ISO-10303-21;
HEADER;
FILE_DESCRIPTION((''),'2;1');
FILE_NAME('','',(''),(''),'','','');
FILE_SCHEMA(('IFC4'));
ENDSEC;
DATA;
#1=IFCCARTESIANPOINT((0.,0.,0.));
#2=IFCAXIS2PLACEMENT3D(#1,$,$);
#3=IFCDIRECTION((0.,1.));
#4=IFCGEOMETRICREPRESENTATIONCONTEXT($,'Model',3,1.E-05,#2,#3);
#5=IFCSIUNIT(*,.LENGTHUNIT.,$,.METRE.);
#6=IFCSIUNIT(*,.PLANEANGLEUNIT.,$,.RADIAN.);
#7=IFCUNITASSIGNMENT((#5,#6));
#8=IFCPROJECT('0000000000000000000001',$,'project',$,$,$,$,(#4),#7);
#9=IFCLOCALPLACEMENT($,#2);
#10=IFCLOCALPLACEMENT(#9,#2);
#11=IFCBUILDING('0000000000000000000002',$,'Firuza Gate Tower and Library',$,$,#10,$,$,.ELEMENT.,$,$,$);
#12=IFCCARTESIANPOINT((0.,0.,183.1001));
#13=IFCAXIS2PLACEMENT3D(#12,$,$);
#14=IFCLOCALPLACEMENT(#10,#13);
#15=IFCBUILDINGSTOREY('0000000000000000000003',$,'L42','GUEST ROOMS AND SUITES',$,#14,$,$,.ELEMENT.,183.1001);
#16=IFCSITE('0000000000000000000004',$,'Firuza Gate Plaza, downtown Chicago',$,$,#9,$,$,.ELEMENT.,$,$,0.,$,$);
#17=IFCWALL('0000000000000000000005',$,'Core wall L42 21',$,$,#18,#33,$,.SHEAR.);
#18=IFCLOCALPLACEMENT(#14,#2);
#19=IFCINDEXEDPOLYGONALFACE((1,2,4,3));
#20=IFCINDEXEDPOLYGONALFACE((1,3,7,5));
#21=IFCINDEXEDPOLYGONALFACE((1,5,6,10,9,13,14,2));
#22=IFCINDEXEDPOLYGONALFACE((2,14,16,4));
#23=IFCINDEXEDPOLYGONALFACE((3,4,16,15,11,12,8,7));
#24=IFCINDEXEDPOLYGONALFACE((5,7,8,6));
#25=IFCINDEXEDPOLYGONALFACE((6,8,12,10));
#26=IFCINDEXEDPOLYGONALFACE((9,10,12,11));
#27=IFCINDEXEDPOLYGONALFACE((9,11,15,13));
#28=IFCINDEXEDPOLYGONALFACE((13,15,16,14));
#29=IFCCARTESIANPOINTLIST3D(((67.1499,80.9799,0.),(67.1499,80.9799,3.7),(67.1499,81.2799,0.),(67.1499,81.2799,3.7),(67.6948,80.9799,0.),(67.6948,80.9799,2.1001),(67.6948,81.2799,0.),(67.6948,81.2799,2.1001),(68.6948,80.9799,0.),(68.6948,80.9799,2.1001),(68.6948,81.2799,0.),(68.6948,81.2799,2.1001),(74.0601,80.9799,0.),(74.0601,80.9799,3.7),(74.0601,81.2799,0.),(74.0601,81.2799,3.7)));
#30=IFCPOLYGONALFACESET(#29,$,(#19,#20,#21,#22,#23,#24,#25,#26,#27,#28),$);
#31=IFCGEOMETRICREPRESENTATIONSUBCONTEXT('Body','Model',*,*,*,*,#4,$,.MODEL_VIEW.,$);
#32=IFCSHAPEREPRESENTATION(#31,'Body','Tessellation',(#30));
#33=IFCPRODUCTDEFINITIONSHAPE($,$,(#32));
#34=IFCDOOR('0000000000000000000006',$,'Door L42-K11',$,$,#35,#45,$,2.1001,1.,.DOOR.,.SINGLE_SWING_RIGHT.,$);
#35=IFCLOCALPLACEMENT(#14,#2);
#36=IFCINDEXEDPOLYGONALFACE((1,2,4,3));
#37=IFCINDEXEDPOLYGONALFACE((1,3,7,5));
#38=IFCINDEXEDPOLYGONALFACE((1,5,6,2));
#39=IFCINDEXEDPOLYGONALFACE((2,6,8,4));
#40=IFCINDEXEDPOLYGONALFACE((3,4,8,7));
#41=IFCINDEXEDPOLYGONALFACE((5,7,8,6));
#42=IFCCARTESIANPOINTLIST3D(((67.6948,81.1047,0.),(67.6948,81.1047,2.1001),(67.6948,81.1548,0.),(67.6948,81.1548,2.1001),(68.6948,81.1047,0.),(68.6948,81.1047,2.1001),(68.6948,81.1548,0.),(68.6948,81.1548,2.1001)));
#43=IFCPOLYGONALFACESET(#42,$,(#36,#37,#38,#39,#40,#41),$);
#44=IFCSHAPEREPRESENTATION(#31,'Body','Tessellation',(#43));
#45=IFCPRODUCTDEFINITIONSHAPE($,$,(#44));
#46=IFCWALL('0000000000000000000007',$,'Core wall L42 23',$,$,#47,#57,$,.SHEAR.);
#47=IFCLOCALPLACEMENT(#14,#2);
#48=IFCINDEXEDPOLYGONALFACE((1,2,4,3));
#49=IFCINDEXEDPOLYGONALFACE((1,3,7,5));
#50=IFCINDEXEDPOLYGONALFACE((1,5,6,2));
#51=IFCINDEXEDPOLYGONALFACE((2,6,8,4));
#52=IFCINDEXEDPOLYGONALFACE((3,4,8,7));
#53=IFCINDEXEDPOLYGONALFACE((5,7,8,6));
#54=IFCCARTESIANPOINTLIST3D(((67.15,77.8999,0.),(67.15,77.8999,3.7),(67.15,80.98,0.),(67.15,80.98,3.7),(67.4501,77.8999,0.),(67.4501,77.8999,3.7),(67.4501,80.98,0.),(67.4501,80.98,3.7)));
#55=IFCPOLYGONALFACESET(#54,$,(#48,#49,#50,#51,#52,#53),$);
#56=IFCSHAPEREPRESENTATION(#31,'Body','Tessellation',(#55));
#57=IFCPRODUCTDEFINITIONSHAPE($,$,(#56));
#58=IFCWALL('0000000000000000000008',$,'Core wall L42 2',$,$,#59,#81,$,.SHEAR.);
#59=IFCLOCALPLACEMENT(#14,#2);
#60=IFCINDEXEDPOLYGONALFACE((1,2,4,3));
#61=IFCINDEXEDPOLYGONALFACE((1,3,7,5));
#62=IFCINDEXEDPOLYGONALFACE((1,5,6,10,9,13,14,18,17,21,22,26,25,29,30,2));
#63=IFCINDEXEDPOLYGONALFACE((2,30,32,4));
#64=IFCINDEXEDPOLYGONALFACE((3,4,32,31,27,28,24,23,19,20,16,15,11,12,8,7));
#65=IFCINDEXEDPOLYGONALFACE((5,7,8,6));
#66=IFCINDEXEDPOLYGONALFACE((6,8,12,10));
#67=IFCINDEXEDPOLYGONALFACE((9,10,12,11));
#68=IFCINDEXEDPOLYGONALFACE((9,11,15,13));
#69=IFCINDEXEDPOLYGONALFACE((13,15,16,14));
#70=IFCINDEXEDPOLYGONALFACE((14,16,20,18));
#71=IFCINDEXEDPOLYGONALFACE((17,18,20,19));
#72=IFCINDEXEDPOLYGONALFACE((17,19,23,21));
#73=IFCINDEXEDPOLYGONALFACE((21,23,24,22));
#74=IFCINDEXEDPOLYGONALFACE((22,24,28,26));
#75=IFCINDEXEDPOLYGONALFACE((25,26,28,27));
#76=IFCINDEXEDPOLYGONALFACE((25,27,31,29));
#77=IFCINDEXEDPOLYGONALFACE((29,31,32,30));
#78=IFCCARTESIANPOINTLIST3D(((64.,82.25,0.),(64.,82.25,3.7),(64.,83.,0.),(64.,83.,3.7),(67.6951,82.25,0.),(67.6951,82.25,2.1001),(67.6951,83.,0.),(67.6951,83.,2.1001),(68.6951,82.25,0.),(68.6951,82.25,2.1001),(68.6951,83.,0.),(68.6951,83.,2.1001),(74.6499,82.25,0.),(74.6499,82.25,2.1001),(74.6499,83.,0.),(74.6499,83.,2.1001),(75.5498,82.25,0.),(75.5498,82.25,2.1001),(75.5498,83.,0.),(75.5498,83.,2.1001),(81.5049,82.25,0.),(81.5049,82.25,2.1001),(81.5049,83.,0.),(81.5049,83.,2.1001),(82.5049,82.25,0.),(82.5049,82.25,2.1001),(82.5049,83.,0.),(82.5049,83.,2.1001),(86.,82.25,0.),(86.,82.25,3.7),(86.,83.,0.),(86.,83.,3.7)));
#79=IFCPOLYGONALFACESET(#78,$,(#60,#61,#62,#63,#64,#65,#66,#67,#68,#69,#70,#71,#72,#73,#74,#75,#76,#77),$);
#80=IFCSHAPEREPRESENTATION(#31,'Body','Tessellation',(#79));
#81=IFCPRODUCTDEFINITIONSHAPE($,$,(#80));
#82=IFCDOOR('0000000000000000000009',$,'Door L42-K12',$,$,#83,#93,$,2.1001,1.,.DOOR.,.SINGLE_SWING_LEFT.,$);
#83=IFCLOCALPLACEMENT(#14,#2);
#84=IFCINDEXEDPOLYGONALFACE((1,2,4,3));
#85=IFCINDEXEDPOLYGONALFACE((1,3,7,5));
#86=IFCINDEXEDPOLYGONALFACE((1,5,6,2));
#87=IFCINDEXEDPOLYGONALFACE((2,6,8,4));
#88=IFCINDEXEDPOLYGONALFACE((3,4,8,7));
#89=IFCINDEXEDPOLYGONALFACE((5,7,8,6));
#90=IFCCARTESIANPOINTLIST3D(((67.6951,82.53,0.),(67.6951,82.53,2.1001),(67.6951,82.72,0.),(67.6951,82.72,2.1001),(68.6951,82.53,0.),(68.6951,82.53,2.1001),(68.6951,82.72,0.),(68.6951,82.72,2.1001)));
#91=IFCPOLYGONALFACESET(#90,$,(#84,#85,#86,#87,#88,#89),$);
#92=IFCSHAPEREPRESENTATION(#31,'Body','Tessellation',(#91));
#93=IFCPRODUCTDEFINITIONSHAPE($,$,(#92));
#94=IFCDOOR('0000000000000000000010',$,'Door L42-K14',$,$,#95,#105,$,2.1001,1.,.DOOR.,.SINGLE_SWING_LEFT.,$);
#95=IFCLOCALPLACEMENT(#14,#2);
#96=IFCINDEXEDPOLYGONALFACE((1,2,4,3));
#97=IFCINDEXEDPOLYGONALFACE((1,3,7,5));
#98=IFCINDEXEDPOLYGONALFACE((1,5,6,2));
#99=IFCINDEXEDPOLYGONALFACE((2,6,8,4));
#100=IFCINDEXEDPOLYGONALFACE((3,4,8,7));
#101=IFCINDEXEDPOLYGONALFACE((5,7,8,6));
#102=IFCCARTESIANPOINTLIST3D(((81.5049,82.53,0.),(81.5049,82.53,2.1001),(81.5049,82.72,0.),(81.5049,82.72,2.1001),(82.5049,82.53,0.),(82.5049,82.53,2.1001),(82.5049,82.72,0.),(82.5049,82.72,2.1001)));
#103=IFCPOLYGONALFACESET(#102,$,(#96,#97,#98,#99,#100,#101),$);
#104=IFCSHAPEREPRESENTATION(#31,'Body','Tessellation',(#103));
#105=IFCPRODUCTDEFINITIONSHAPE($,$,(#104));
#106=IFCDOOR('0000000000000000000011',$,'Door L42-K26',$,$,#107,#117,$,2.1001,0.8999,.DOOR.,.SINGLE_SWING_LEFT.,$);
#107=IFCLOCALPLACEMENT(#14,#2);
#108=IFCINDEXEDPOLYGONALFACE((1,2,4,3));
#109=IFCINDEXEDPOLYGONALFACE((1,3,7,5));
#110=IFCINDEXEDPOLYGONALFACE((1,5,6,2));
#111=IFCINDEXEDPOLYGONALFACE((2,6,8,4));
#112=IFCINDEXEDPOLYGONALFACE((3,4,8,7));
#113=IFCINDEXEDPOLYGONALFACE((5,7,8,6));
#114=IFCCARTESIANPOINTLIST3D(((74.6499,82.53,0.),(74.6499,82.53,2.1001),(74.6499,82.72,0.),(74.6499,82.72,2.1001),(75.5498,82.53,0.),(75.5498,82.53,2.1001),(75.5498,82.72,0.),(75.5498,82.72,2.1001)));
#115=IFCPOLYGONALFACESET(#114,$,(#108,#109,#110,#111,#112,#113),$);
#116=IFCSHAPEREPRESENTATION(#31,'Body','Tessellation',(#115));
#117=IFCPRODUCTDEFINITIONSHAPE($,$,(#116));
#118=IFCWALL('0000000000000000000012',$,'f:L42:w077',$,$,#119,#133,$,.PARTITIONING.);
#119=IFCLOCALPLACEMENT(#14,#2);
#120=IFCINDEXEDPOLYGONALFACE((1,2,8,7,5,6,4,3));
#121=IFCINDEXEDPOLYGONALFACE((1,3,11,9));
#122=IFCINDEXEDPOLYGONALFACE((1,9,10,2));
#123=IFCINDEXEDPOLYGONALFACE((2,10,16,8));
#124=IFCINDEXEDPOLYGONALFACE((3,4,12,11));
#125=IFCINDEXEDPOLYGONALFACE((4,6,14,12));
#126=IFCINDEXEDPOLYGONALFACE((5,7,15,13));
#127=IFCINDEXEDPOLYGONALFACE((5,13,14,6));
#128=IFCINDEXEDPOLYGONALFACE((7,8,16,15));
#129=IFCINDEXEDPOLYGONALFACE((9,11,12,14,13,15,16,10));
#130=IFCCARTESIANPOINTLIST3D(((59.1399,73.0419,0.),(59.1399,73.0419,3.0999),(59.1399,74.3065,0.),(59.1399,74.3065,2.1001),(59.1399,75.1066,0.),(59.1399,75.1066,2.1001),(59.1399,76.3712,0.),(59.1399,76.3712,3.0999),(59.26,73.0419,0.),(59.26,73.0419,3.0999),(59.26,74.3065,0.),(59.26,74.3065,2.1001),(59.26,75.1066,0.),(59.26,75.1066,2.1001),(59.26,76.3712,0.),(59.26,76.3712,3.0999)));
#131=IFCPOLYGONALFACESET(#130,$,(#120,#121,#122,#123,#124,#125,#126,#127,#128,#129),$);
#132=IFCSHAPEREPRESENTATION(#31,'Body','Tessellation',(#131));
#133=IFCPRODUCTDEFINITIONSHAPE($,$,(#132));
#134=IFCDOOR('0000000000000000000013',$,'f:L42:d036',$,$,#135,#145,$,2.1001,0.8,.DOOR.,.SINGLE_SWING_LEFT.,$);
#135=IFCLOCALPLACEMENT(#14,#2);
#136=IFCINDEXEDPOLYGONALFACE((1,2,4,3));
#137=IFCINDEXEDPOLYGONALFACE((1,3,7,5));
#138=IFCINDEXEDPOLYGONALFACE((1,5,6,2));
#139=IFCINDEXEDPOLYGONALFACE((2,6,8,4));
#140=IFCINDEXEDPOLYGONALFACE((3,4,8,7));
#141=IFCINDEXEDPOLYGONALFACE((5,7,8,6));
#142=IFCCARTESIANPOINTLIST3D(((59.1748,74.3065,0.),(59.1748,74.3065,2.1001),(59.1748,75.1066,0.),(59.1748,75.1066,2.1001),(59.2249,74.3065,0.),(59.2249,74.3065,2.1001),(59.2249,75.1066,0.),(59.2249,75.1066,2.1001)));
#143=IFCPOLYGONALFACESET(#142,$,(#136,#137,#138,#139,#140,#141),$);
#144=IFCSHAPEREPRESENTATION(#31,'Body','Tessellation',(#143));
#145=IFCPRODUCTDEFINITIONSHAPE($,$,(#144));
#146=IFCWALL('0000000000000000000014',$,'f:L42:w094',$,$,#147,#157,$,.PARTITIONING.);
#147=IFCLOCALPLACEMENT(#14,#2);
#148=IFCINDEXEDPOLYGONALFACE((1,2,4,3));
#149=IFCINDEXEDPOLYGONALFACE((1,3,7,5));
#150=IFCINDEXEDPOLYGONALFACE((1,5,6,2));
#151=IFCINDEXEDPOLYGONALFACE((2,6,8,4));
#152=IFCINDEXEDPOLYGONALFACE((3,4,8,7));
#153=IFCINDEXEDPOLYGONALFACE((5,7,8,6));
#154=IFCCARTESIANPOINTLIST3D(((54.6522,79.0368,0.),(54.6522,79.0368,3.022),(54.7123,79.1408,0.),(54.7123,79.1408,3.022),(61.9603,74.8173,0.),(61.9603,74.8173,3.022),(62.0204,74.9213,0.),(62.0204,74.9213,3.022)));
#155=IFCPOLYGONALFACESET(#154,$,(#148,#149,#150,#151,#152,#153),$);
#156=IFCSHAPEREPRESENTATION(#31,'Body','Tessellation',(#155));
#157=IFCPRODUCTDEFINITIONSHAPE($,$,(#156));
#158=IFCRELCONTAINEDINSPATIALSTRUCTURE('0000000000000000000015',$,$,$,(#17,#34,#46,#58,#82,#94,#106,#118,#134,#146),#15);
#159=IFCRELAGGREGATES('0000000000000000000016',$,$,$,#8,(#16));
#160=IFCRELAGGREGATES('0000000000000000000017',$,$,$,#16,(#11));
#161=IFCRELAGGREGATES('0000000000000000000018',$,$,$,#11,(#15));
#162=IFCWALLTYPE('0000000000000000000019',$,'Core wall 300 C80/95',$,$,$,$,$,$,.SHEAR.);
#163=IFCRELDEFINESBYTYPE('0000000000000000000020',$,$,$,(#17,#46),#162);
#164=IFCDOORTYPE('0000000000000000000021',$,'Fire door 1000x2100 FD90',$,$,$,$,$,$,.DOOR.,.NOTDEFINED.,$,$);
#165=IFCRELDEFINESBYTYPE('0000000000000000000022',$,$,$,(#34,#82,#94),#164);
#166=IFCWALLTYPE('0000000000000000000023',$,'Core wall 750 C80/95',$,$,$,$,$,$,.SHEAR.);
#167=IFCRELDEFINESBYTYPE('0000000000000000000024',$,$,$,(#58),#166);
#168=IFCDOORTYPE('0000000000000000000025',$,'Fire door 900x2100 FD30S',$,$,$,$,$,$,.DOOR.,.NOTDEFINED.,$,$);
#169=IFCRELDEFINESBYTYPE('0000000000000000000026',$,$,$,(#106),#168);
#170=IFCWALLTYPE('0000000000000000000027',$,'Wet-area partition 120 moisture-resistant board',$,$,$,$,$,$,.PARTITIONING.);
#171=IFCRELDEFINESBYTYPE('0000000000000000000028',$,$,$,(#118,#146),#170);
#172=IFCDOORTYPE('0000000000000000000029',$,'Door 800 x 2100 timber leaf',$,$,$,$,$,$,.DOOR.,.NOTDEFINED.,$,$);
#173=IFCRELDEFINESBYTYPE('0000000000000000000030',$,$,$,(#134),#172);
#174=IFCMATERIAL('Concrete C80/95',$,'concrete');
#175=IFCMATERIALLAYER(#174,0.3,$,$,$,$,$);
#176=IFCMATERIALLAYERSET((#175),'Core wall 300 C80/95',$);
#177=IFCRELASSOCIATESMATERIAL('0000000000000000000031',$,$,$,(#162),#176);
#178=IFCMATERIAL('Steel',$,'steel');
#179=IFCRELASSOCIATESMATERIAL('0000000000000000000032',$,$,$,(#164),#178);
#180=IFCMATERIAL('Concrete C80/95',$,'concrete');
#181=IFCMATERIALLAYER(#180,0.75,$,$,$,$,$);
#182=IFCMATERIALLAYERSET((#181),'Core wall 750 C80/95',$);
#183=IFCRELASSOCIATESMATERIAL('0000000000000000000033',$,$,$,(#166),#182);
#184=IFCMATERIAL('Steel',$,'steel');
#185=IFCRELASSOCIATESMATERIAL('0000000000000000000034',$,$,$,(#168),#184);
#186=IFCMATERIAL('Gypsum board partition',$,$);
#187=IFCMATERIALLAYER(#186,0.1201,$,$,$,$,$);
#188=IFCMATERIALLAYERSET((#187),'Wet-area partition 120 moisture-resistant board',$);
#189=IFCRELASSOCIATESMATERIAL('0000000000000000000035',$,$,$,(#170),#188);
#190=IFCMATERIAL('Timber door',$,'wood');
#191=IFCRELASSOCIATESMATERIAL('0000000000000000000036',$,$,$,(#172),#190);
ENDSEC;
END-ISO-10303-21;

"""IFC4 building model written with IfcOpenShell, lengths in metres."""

from ifc_helpers import new_model, si_unit, direction, frame, frame_2d, origin, place, context, subcontext, project, spatial, rectangle, extrude, material, layer, layer_set, type_object, element, fill, save


model = new_model("IFC4")

# Units and contexts
model_context = context("Model", 3, precision=1e-05, world=origin(), true_north=direction((0.0, 1.0)))
body_context = subcontext(model_context, "Body", "Model", "MODEL_VIEW")
ifc_project = project(units=[si_unit("LENGTHUNIT", "METRE"), si_unit("PLANEANGLEUNIT", "RADIAN")], contexts=[model_context])

# Site, building, storey
site_placement = place(None, origin())
site = spatial("IfcSite", under=ifc_project, at=site_placement, Name="Firuza Gate Plaza, downtown Chicago", CompositionType="ELEMENT", RefElevation=0.0)
building_placement = place(site_placement, origin())
building = spatial("IfcBuilding", under=site, at=building_placement, Name="Firuza Gate Tower and Library", CompositionType="ELEMENT")
storey_placement = place(building_placement, frame((0.0, 0.0, 183.1001)))
storey = spatial("IfcBuildingStorey", under=building, at=storey_placement, Name="L42", Description="GUEST ROOMS AND SUITES", CompositionType="ELEMENT", Elevation=183.1001)

# Wall, opening, door
ifc_material_1 = material(Name="Concrete C80/95", Category="concrete")
ifc_layer_1 = layer(ifc_material_1, 0.3)
ifc_layer_set_1 = layer_set([ifc_layer_1], Name="Core wall 300 C80/95")
wall_type_1 = type_object("IfcWallType", Name="Core wall 300 C80/95", PredefinedType="SHEAR", material=ifc_layer_set_1)
ifc_material_2 = material(Name="Steel", Category="steel")
door_type_1 = type_object("IfcDoorType", Name="Fire door 1000x2100 FD90", OperationType="NOTDEFINED", PredefinedType="DOOR", material=ifc_material_2)
wall_1_placement = place(storey_placement, frame((67.1499, 81.1299, 0.0), z_axis=(0.0, 0.0, 1.0), x_axis=(1.0, 0.0, 0.0)))
wall_1 = element("IfcWall", 1, at=wall_1_placement, inside=storey, type_object=wall_type_1, Name="Core wall L42 21", PredefinedType="SHEAR", context=body_context, shape_type="SweptSolid", body=[
    extrude(rectangle(XDim=6.9102, YDim=0.3, at=frame_2d((3.4551, 0.0))), origin(), (0.0, 0.0, 1.0), 3.7),
])
opening_1_placement = place(wall_1_placement, frame((0.5449, 0.0, 0.0)))
opening_1 = element("IfcOpeningElement", 2, at=opening_1_placement, cuts=wall_1, PredefinedType="OPENING", context=body_context, shape_type="SweptSolid", body=[
    extrude(rectangle(XDim=1.0, YDim=2.1001, at=frame_2d((0.5, 1.05))), frame((0.0, 0.1602, 0.0), z_axis=(0.0, -1.0, 0.0), x_axis=(1.0, 0.0, 0.0)), (0.0, 0.0, 1.0), 0.3201),
])
door_1_placement = place(opening_1_placement, origin())
door_1 = element("IfcDoor", 3, at=door_1_placement, inside=storey, type_object=door_type_1, Name="Door L42-K11", OperationType="SINGLE_SWING_RIGHT", OverallHeight=2.1001, OverallWidth=1.0, PredefinedType="DOOR", context=body_context, shape_type="SweptSolid", body=[
    extrude(rectangle(XDim=1.0, YDim=2.1001, at=frame_2d((0.5, 1.05))), frame((0.0, 0.0249, 0.0), z_axis=(0.0, -1.0, 0.0), x_axis=(1.0, 0.0, 0.0)), (0.0, 0.0, 1.0), 0.05),
])
fill(opening_1, door_1)

# Wall
wall_2_placement = place(storey_placement, frame((67.3, 77.8999, 0.0), z_axis=(0.0, 0.0, 1.0), x_axis=(0.0, 1.0, 0.0)))
element("IfcWall", 4, at=wall_2_placement, inside=storey, type_object=wall_type_1, Name="Core wall L42 23", PredefinedType="SHEAR", context=body_context, shape_type="SweptSolid", body=[
    extrude(rectangle(XDim=3.0801, YDim=0.3, at=frame_2d((1.54, 0.0))), origin(), (0.0, 0.0, 1.0), 3.7),
])

# Wall, openings, doors
ifc_material_3 = material(Name="Concrete C80/95", Category="concrete")
ifc_layer_2 = layer(ifc_material_3, 0.75)
ifc_layer_set_2 = layer_set([ifc_layer_2], Name="Core wall 750 C80/95")
wall_type_2 = type_object("IfcWallType", Name="Core wall 750 C80/95", PredefinedType="SHEAR", material=ifc_layer_set_2)
wall_3_placement = place(storey_placement, frame((64.0, 82.625, 0.0), z_axis=(0.0, 0.0, 1.0), x_axis=(1.0, 0.0, 0.0)))
wall_3 = element("IfcWall", 5, at=wall_3_placement, inside=storey, type_object=wall_type_2, Name="Core wall L42 2", PredefinedType="SHEAR", context=body_context, shape_type="SweptSolid", body=[
    extrude(rectangle(XDim=22.0, YDim=0.75, at=frame_2d((11.0, 0.0))), origin(), (0.0, 0.0, 1.0), 3.7),
])
opening_2_placement = place(wall_3_placement, frame((3.6951, 0.0, 0.0)))
opening_2 = element("IfcOpeningElement", 6, at=opening_2_placement, cuts=wall_3, PredefinedType="OPENING", context=body_context, shape_type="SweptSolid", body=[
    extrude(rectangle(XDim=1.0, YDim=2.1001, at=frame_2d((0.5, 1.05))), frame((0.0, 0.385, 0.0), z_axis=(0.0, -1.0, 0.0), x_axis=(1.0, 0.0, 0.0)), (0.0, 0.0, 1.0), 0.77),
])
opening_3_placement = place(wall_3_placement, frame((17.5049, 0.0, 0.0)))
opening_3 = element("IfcOpeningElement", 7, at=opening_3_placement, cuts=wall_3, PredefinedType="OPENING", context=body_context, shape_type="SweptSolid", body=[
    extrude(rectangle(XDim=1.0, YDim=2.1001, at=frame_2d((0.5, 1.05))), frame((0.0, 0.385, 0.0), z_axis=(0.0, -1.0, 0.0), x_axis=(1.0, 0.0, 0.0)), (0.0, 0.0, 1.0), 0.77),
])
opening_4_placement = place(wall_3_placement, frame((10.6499, 0.0, 0.0)))
opening_4 = element("IfcOpeningElement", 8, at=opening_4_placement, cuts=wall_3, PredefinedType="OPENING", context=body_context, shape_type="SweptSolid", body=[
    extrude(rectangle(XDim=0.8999, YDim=2.1001, at=frame_2d((0.45, 1.05))), frame((0.0, 0.385, 0.0), z_axis=(0.0, -1.0, 0.0), x_axis=(1.0, 0.0, 0.0)), (0.0, 0.0, 1.0), 0.77),
])
door_2_placement = place(opening_2_placement, origin())
door_2 = element("IfcDoor", 9, at=door_2_placement, inside=storey, type_object=door_type_1, Name="Door L42-K12", OperationType="SINGLE_SWING_LEFT", OverallHeight=2.1001, OverallWidth=1.0, PredefinedType="DOOR", context=body_context, shape_type="SweptSolid", body=[
    extrude(rectangle(XDim=1.0, YDim=2.1001, at=frame_2d((0.5, 1.05))), frame((0.0, 0.095, 0.0), z_axis=(0.0, -1.0, 0.0), x_axis=(1.0, 0.0, 0.0)), (0.0, 0.0, 1.0), 0.1899),
])
fill(opening_2, door_2)
door_3_placement = place(opening_3_placement, origin())
door_3 = element("IfcDoor", 10, at=door_3_placement, inside=storey, type_object=door_type_1, Name="Door L42-K14", OperationType="SINGLE_SWING_LEFT", OverallHeight=2.1001, OverallWidth=1.0, PredefinedType="DOOR", context=body_context, shape_type="SweptSolid", body=[
    extrude(rectangle(XDim=1.0, YDim=2.1001, at=frame_2d((0.5, 1.05))), frame((0.0, 0.095, 0.0), z_axis=(0.0, -1.0, 0.0), x_axis=(1.0, 0.0, 0.0)), (0.0, 0.0, 1.0), 0.1899),
])
fill(opening_3, door_3)
ifc_material_4 = material(Name="Steel", Category="steel")
door_type_2 = type_object("IfcDoorType", Name="Fire door 900x2100 FD30S", OperationType="NOTDEFINED", PredefinedType="DOOR", material=ifc_material_4)
door_4_placement = place(opening_4_placement, origin())
door_4 = element("IfcDoor", 11, at=door_4_placement, inside=storey, type_object=door_type_2, Name="Door L42-K26", OperationType="SINGLE_SWING_LEFT", OverallHeight=2.1001, OverallWidth=0.8999, PredefinedType="DOOR", context=body_context, shape_type="SweptSolid", body=[
    extrude(rectangle(XDim=0.8999, YDim=2.1001, at=frame_2d((0.45, 1.05))), frame((0.0, 0.095, 0.0), z_axis=(0.0, -1.0, 0.0), x_axis=(1.0, 0.0, 0.0)), (0.0, 0.0, 1.0), 0.1899),
])
fill(opening_4, door_4)

# Wall, opening, door
ifc_material_5 = material(Name="Gypsum board partition")
ifc_layer_3 = layer(ifc_material_5, 0.1201)
ifc_layer_set_3 = layer_set([ifc_layer_3], Name="Wet-area partition 120 moisture-resistant board")
wall_type_3 = type_object("IfcWallType", Name="Wet-area partition 120 moisture-resistant board", PredefinedType="PARTITIONING", material=ifc_layer_set_3)
wall_4_placement = place(storey_placement, frame((59.2, 76.3711, 0.0), z_axis=(0.0, 0.0, 1.0), x_axis=(0.0, -1.0, 0.0)))
wall_4 = element("IfcWall", 12, at=wall_4_placement, inside=storey, type_object=wall_type_3, Name="f:L42:w077", PredefinedType="PARTITIONING", context=body_context, shape_type="SweptSolid", body=[
    extrude(rectangle(XDim=3.3293, YDim=0.1201, at=frame_2d((1.6646, 0.0))), origin(), (0.0, 0.0, 1.0), 3.0999),
])
opening_5_placement = place(wall_4_placement, frame((1.2646, 0.0, 0.0)))
opening_5 = element("IfcOpeningElement", 13, at=opening_5_placement, cuts=wall_4, PredefinedType="OPENING", context=body_context, shape_type="SweptSolid", body=[
    extrude(rectangle(XDim=0.8, YDim=2.1001, at=frame_2d((0.3999, 1.05))), frame((0.0, 0.0701, 0.0), z_axis=(0.0, -1.0, 0.0), x_axis=(1.0, 0.0, 0.0)), (0.0, 0.0, 1.0), 0.1401),
])
ifc_material_6 = material(Name="Timber door", Category="wood")
door_type_3 = type_object("IfcDoorType", Name="Door 800 x 2100 timber leaf", OperationType="NOTDEFINED", PredefinedType="DOOR", material=ifc_material_6)
door_5_placement = place(opening_5_placement, origin())
door_5 = element("IfcDoor", 14, at=door_5_placement, inside=storey, type_object=door_type_3, Name="f:L42:d036", OperationType="SINGLE_SWING_LEFT", OverallHeight=2.1001, OverallWidth=0.8, PredefinedType="DOOR", context=body_context, shape_type="SweptSolid", body=[
    extrude(rectangle(XDim=0.8, YDim=2.1001, at=frame_2d((0.3999, 1.05))), frame((0.0, 0.0249, 0.0), z_axis=(0.0, -1.0, 0.0), x_axis=(1.0, 0.0, 0.0)), (0.0, 0.0, 1.0), 0.05),
])
fill(opening_5, door_5)

# Wall
wall_5_placement = place(storey_placement, frame((61.9902, 74.8694, 0.0), z_axis=(0.0, 0.0, 1.0), x_axis=(-0.866018, 0.500013, 0.0)))
element("IfcWall", 15, at=wall_5_placement, inside=storey, type_object=wall_type_3, Name="f:L42:w094", PredefinedType="PARTITIONING", context=body_context, shape_type="SweptSolid", body=[
    extrude(rectangle(XDim=8.4387, YDim=0.1201, at=frame_2d((4.2192, 0.0))), origin(), (0.0, 0.0, 1.0), 3.022),
])

save(model, "model.ifc")
